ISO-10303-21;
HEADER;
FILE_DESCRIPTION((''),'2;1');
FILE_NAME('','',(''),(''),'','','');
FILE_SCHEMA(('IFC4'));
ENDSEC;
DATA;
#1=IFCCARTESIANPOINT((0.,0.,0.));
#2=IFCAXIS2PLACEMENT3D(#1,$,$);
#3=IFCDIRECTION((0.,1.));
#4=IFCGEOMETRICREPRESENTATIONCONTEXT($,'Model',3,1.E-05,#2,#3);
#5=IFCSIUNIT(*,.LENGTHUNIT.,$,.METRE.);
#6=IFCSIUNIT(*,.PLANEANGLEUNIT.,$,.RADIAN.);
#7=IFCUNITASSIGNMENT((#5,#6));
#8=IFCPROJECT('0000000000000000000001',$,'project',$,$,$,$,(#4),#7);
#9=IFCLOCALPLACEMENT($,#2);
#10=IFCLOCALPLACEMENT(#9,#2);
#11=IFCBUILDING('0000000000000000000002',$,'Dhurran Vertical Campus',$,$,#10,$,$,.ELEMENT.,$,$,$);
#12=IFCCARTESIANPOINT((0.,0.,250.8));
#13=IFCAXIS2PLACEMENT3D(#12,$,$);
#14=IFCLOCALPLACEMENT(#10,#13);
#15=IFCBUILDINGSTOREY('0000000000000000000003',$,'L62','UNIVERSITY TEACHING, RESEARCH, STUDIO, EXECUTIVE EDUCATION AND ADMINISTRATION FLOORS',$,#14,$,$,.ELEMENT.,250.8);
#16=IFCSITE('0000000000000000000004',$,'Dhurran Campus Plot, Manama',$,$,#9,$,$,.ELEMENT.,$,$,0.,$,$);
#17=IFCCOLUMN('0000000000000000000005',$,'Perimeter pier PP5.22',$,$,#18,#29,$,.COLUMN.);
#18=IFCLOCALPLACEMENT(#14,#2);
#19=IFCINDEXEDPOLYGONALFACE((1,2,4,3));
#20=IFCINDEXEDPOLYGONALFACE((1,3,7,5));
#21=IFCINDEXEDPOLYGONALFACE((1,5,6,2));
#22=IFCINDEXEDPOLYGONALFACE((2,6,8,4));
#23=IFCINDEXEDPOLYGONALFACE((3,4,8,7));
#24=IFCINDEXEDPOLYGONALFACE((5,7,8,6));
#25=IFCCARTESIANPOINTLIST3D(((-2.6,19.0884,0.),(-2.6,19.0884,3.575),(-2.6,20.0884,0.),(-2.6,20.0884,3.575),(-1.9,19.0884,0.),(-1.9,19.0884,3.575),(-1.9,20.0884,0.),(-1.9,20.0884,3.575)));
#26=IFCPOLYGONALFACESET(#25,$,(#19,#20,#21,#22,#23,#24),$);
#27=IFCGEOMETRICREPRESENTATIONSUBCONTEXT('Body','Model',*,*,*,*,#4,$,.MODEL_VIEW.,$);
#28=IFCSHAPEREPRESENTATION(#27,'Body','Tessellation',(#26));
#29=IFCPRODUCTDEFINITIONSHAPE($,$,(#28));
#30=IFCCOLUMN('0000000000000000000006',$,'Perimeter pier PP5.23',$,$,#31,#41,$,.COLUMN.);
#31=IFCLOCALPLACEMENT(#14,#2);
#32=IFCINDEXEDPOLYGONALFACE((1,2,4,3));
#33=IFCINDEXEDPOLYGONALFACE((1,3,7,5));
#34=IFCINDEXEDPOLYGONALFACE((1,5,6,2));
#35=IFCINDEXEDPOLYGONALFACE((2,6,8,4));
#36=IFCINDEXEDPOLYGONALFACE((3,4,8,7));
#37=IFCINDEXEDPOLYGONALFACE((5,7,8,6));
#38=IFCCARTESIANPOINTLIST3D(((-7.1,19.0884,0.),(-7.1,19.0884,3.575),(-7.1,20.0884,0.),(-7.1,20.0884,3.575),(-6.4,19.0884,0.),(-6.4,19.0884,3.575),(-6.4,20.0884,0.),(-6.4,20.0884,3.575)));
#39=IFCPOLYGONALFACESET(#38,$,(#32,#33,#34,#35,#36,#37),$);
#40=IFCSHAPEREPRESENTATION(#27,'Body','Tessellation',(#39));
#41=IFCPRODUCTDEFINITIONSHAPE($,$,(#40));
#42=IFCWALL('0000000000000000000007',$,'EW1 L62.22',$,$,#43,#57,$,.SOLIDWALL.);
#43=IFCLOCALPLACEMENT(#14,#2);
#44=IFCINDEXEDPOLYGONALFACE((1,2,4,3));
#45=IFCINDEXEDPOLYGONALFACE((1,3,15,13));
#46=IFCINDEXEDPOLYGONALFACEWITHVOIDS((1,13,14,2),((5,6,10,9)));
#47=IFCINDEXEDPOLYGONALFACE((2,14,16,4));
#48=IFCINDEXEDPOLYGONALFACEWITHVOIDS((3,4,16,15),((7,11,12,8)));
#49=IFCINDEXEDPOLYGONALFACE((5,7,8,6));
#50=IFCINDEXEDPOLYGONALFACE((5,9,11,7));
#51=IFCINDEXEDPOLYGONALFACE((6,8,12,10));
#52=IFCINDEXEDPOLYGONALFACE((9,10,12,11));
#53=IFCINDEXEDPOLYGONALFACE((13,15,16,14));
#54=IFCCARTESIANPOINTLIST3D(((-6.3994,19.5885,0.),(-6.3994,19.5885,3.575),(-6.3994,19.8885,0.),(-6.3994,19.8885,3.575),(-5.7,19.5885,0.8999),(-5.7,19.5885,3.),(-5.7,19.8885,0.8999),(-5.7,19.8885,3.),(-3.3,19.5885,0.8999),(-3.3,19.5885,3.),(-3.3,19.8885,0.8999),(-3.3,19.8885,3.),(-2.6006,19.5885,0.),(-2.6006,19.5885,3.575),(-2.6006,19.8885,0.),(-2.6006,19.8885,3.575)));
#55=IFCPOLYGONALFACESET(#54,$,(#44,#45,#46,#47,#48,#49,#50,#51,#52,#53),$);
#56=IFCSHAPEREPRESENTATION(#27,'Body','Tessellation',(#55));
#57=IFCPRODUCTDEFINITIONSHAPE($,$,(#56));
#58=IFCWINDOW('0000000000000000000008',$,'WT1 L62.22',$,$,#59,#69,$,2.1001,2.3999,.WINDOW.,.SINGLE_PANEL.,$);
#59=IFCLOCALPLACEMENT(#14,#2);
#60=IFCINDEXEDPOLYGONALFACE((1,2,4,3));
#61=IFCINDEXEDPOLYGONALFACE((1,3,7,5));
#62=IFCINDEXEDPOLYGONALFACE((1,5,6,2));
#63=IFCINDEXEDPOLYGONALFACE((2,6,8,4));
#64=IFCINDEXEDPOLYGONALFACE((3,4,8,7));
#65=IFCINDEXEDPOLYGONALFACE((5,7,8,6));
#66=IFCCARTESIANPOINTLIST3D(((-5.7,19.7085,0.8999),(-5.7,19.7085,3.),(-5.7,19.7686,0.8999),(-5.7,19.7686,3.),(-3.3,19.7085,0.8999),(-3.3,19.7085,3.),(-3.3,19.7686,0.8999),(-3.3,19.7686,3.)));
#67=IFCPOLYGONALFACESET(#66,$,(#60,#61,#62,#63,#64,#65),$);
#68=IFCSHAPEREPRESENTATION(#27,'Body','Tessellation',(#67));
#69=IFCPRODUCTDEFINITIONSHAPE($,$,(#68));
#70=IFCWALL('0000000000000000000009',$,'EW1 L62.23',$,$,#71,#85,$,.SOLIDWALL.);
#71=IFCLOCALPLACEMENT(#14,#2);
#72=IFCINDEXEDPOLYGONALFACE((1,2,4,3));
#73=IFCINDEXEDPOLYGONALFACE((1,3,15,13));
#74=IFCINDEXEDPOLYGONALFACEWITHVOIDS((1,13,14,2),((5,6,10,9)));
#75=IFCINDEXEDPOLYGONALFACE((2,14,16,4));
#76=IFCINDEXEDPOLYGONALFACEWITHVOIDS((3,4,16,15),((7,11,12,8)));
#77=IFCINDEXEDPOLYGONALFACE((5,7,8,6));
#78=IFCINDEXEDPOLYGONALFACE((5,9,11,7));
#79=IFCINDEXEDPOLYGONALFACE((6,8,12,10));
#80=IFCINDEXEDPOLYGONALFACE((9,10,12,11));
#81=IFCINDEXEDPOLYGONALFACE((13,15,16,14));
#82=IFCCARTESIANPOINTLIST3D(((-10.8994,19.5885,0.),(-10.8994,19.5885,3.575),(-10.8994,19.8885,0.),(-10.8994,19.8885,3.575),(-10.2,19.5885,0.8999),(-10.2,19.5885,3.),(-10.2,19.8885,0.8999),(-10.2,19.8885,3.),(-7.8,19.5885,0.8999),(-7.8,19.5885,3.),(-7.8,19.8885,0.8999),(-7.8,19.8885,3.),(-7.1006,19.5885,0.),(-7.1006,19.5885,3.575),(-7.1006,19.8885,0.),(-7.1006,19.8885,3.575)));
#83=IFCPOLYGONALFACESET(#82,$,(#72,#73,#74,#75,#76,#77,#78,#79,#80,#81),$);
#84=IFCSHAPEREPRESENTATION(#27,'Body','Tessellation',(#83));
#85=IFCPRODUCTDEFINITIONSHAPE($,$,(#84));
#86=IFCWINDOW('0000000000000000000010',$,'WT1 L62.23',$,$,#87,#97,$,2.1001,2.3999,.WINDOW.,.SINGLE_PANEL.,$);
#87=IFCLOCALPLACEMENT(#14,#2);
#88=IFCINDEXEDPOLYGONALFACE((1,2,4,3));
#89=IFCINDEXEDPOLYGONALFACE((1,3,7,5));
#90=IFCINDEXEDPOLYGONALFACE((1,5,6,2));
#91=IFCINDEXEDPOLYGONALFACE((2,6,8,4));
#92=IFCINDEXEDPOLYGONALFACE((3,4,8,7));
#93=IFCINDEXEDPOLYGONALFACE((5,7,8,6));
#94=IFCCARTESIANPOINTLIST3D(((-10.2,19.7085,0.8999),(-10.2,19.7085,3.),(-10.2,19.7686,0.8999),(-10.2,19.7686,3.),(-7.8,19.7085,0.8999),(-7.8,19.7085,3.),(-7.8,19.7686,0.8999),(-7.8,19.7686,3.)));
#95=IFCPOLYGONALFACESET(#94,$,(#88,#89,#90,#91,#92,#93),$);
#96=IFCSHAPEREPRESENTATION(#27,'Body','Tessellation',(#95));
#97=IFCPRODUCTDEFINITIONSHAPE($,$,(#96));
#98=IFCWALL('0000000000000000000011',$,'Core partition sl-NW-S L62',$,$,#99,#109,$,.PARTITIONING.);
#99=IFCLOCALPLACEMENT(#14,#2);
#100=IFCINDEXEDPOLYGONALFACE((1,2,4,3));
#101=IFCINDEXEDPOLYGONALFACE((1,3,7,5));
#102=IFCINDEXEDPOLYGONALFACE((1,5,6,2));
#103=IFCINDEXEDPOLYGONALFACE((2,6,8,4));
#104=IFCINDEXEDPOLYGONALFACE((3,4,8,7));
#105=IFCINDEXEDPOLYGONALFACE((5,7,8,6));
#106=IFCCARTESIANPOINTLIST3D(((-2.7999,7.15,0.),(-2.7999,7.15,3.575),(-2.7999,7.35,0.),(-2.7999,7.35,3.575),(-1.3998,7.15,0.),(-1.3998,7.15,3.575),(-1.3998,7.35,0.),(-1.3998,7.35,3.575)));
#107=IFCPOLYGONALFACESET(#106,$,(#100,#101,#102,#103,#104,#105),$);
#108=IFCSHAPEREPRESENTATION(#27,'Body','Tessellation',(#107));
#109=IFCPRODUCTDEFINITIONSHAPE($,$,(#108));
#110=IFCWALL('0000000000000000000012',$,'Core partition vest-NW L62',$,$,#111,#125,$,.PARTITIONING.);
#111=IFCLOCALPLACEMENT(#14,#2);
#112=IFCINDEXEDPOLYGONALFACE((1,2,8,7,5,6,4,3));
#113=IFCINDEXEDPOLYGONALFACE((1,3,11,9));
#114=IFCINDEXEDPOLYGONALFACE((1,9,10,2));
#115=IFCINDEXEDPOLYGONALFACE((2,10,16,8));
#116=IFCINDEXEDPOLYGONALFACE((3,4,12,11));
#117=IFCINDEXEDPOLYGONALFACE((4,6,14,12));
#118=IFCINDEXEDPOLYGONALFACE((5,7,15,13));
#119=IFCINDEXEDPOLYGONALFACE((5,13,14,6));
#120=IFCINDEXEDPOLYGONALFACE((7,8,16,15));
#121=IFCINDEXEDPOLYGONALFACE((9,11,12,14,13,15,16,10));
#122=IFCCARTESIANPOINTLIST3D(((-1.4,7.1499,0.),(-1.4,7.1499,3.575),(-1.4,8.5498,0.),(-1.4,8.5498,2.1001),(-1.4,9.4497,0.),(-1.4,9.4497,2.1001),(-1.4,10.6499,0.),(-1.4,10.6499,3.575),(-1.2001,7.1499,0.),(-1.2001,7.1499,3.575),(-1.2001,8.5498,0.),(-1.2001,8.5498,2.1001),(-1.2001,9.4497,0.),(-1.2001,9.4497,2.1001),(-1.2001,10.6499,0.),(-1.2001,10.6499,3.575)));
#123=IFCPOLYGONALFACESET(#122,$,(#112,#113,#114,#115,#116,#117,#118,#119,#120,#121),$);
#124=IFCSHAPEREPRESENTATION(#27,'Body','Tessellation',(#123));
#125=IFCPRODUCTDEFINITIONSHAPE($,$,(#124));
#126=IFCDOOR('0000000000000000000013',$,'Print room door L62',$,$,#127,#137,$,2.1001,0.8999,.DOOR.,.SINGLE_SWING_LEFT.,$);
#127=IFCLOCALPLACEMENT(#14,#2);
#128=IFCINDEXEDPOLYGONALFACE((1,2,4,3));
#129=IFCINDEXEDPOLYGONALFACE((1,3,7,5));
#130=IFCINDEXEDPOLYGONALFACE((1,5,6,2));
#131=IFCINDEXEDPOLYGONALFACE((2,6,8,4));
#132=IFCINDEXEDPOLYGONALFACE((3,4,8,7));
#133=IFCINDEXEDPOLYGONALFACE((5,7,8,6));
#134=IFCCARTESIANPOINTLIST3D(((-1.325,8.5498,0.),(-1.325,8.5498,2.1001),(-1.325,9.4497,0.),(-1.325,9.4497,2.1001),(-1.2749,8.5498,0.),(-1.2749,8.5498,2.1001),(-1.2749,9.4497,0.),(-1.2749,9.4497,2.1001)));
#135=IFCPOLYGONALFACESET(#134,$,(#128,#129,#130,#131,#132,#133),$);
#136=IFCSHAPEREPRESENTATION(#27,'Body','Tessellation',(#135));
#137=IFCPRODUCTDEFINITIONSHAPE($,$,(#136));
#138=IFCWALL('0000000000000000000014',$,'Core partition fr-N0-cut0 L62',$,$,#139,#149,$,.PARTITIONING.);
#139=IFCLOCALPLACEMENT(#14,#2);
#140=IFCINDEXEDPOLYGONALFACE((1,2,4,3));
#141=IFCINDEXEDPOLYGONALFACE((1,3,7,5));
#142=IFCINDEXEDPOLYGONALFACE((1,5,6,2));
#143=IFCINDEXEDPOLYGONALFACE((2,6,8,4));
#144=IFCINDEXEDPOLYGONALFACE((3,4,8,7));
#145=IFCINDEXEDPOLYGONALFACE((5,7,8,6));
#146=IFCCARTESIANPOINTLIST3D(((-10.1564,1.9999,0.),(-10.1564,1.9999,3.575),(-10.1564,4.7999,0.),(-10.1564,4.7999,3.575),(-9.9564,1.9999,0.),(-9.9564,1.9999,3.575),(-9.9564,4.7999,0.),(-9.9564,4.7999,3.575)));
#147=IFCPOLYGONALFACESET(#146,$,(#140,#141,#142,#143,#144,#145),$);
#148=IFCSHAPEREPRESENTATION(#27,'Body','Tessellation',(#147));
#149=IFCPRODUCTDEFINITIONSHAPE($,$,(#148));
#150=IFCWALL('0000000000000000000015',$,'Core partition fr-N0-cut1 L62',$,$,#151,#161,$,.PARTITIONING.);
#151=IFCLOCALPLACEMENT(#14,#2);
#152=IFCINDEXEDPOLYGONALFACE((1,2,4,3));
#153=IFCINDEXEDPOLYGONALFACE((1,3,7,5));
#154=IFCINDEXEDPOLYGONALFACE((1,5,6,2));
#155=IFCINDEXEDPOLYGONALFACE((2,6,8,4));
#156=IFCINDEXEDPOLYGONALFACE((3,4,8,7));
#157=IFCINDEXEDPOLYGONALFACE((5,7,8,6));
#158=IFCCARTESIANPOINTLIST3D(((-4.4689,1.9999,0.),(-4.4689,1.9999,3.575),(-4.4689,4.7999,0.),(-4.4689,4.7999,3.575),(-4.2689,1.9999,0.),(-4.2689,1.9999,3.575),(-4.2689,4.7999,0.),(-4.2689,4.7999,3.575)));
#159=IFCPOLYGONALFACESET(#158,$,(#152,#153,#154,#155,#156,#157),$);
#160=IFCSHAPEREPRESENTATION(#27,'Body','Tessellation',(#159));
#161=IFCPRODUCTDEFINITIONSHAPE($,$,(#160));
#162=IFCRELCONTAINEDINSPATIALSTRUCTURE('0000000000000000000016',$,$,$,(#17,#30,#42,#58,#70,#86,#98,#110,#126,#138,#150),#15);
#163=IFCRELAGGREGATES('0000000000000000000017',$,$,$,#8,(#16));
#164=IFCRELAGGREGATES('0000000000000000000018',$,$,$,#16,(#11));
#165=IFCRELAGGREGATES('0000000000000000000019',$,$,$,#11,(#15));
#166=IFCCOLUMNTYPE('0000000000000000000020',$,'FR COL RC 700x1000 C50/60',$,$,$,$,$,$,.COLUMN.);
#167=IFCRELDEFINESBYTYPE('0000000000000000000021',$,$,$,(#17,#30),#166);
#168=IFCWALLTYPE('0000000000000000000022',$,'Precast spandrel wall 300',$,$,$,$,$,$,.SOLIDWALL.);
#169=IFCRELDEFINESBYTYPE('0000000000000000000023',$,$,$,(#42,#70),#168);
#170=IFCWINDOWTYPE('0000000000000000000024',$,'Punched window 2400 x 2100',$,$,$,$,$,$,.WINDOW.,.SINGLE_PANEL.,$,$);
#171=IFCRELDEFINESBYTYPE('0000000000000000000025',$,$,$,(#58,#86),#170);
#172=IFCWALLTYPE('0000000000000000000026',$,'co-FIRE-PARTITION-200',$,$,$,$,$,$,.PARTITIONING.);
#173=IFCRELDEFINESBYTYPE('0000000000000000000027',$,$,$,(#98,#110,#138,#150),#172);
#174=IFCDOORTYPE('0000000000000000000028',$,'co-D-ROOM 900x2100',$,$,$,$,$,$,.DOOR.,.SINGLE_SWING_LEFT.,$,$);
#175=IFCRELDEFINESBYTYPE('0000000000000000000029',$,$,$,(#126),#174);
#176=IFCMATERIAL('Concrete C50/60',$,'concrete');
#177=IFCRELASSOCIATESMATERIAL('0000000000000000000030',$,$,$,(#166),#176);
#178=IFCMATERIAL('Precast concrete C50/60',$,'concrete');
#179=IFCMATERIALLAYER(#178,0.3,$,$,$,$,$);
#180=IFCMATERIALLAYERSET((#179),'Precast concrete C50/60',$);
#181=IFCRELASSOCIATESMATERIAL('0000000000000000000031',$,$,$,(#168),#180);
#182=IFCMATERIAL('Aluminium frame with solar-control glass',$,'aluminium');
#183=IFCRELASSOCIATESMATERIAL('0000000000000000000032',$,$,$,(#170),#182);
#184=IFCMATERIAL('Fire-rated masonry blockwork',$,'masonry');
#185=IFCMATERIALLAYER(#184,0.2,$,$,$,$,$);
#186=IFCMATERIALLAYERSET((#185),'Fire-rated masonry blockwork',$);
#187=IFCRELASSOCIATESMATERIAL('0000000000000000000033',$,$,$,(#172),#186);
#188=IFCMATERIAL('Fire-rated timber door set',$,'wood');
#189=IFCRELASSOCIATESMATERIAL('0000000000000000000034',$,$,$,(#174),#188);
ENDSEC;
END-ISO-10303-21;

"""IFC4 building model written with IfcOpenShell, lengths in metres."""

from ifc_helpers import new_model, si_unit, direction, frame, frame_2d, origin, origin_2d, place, context, subcontext, project, spatial, rectangle, extrude, material, layer, layer_set, material_profile, profile_set, type_object, element, fill, save


model = new_model("IFC4")

# Units and contexts
model_context = context("Model", 3, precision=1e-05, world=origin(), true_north=direction((0.0, 1.0)))
body_context = subcontext(model_context, "Body", "Model", "MODEL_VIEW")
ifc_project = project(units=[si_unit("LENGTHUNIT", "METRE"), si_unit("PLANEANGLEUNIT", "RADIAN")], contexts=[model_context])

# Site, building, storey
site_placement = place(None, origin())
site = spatial("IfcSite", under=ifc_project, at=site_placement, Name="Dhurran Campus Plot, Manama", CompositionType="ELEMENT", RefElevation=0.0)
building_placement = place(site_placement, origin())
building = spatial("IfcBuilding", under=site, at=building_placement, Name="Dhurran Vertical Campus", CompositionType="ELEMENT")
storey_placement = place(building_placement, frame((0.0, 0.0, 250.8)))
storey = spatial("IfcBuildingStorey", under=building, at=storey_placement, Name="L62", Description="UNIVERSITY TEACHING, RESEARCH, STUDIO, EXECUTIVE EDUCATION AND ADMINISTRATION FLOORS", CompositionType="ELEMENT", Elevation=250.8)

# Columns
ifc_material_1 = material(Name="Concrete C50/60", Category="concrete")
ifc_material_profile = material_profile(ifc_material_1, rectangle(XDim=0.7, YDim=1.0, at=origin_2d()), Name="RC 700x1000")
ifc_profile_set = profile_set([ifc_material_profile], Name="Concrete C50/60")
column_type = type_object("IfcColumnType", Name="FR COL RC 700x1000 C50/60", PredefinedType="COLUMN", material=ifc_profile_set)
for number, where, z_axis, x_axis, name in (
    (1, (-2.25, 19.5884, 0.0), (0.0, 0.0, 1.0), (-1.0, 0.0, 0.0), "Perimeter pier PP5.22"),
    (2, (-6.75, 19.5884, 0.0), (0.0, 0.0, 1.0), (-1.0, 0.0, 0.0), "Perimeter pier PP5.23"),
):
    element("IfcColumn", number, at=place(storey_placement, frame(where, z_axis=z_axis, x_axis=x_axis)), inside=storey, type_object=column_type, Name=name, PredefinedType="COLUMN", context=body_context, shape_type="SweptSolid", body=[
        extrude(rectangle(XDim=0.7, YDim=1.0, at=origin_2d()), origin(), (0.0, 0.0, 1.0), 3.575),
    ])

# Walls, openings, windows
ifc_material_2 = material(Name="Precast concrete C50/60", Category="concrete")
ifc_layer_1 = layer(ifc_material_2, 0.3)
ifc_layer_set_1 = layer_set([ifc_layer_1], Name="Precast concrete C50/60")
wall_type_1 = type_object("IfcWallType", Name="Precast spandrel wall 300", PredefinedType="SOLIDWALL", material=ifc_layer_set_1)
wall_1_placement = place(storey_placement, frame((-2.6006, 19.7385, 0.0), z_axis=(0.0, 0.0, 1.0), x_axis=(-1.0, 0.0, 0.0)))
wall_1 = element("IfcWall", 3, at=wall_1_placement, inside=storey, type_object=wall_type_1, Name="EW1 L62.22", PredefinedType="SOLIDWALL", context=body_context, shape_type="SweptSolid", body=[
    extrude(rectangle(XDim=3.7988, YDim=0.3, at=frame_2d((1.8994, 0.0))), origin(), (0.0, 0.0, 1.0), 3.575),
])
opening_1_placement = place(wall_1_placement, frame((0.6995, 0.0, 0.8999)))
opening_1 = element("IfcOpeningElement", 4, at=opening_1_placement, cuts=wall_1, PredefinedType="OPENING", context=body_context, shape_type="SweptSolid", body=[
    extrude(rectangle(XDim=2.3999, YDim=2.1001, at=frame_2d((1.2, 1.05))), frame((0.0, 0.1599, 0.0), z_axis=(0.0, -1.0, 0.0), x_axis=(1.0, 0.0, 0.0)), (0.0, 0.0, 1.0), 0.3201),
])
ifc_material_3 = material(Name="Aluminium frame with solar-control glass", Category="aluminium")
window_type = type_object("IfcWindowType", Name="Punched window 2400 x 2100", PartitioningType="SINGLE_PANEL", PredefinedType="WINDOW", material=ifc_material_3)
window_1_placement = place(opening_1_placement, origin())
window_1 = element("IfcWindow", 5, at=window_1_placement, inside=storey, type_object=window_type, Name="WT1 L62.22", OverallHeight=2.1001, OverallWidth=2.3999, PartitioningType="SINGLE_PANEL", PredefinedType="WINDOW", context=body_context, shape_type="SweptSolid", body=[
    extrude(rectangle(XDim=2.3999, YDim=2.1001, at=frame_2d((1.2, 1.05))), frame((0.0, 0.03, 0.0), z_axis=(0.0, -1.0, 0.0), x_axis=(1.0, 0.0, 0.0)), (0.0, 0.0, 1.0), 0.0601),
])
fill(opening_1, window_1)
wall_2_placement = place(storey_placement, frame((-7.1006, 19.7385, 0.0), z_axis=(0.0, 0.0, 1.0), x_axis=(-1.0, 0.0, 0.0)))
wall_2 = element("IfcWall", 6, at=wall_2_placement, inside=storey, type_object=wall_type_1, Name="EW1 L62.23", PredefinedType="SOLIDWALL", context=body_context, shape_type="SweptSolid", body=[
    extrude(rectangle(XDim=3.7988, YDim=0.3, at=frame_2d((1.8994, 0.0))), origin(), (0.0, 0.0, 1.0), 3.575),
])
opening_2_placement = place(wall_2_placement, frame((0.6995, 0.0, 0.8999)))
opening_2 = element("IfcOpeningElement", 7, at=opening_2_placement, cuts=wall_2, PredefinedType="OPENING", context=body_context, shape_type="SweptSolid", body=[
    extrude(rectangle(XDim=2.3999, YDim=2.1001, at=frame_2d((1.2, 1.05))), frame((0.0, 0.1599, 0.0), z_axis=(0.0, -1.0, 0.0), x_axis=(1.0, 0.0, 0.0)), (0.0, 0.0, 1.0), 0.3201),
])
window_2_placement = place(opening_2_placement, origin())
window_2 = element("IfcWindow", 8, at=window_2_placement, inside=storey, type_object=window_type, Name="WT1 L62.23", OverallHeight=2.1001, OverallWidth=2.3999, PartitioningType="SINGLE_PANEL", PredefinedType="WINDOW", context=body_context, shape_type="SweptSolid", body=[
    extrude(rectangle(XDim=2.3999, YDim=2.1001, at=frame_2d((1.2, 1.05))), frame((0.0, 0.03, 0.0), z_axis=(0.0, -1.0, 0.0), x_axis=(1.0, 0.0, 0.0)), (0.0, 0.0, 1.0), 0.0601),
])
fill(opening_2, window_2)

# Wall
ifc_material_4 = material(Name="Fire-rated masonry blockwork", Category="masonry")
ifc_layer_2 = layer(ifc_material_4, 0.2)
ifc_layer_set_2 = layer_set([ifc_layer_2], Name="Fire-rated masonry blockwork")
wall_type_2 = type_object("IfcWallType", Name="co-FIRE-PARTITION-200", PredefinedType="PARTITIONING", material=ifc_layer_set_2)
wall_3_placement = place(storey_placement, frame((-2.8, 7.25, 0.0), z_axis=(0.0, 0.0, 1.0), x_axis=(1.0, 0.0, 0.0)))
element("IfcWall", 9, at=wall_3_placement, inside=storey, type_object=wall_type_2, Name="Core partition sl-NW-S L62", PredefinedType="PARTITIONING", context=body_context, shape_type="SweptSolid", body=[
    extrude(rectangle(XDim=1.4001, YDim=0.2, at=frame_2d((0.7002, 0.0))), origin(), (0.0, 0.0, 1.0), 3.575),
])

# Wall, opening, door
wall_4_placement = place(storey_placement, frame((-1.3, 7.1499, 0.0), z_axis=(0.0, 0.0, 1.0), x_axis=(0.0, 1.0, 0.0)))
wall_4 = element("IfcWall", 10, at=wall_4_placement, inside=storey, type_object=wall_type_2, Name="Core partition vest-NW L62", PredefinedType="PARTITIONING", context=body_context, shape_type="SweptSolid", body=[
    extrude(rectangle(XDim=3.5, YDim=0.2, at=frame_2d((1.75, 0.0))), origin(), (0.0, 0.0, 1.0), 3.575),
])
opening_3_placement = place(wall_4_placement, frame((1.3999, 0.0, 0.0)))
opening_3 = element("IfcOpeningElement", 11, at=opening_3_placement, cuts=wall_4, PredefinedType="OPENING", context=body_context, shape_type="SweptSolid", body=[
    extrude(rectangle(XDim=0.8999, YDim=2.1001, at=frame_2d((0.45, 1.05))), frame((0.0, 0.1099, 0.0), z_axis=(0.0, -1.0, 0.0), x_axis=(1.0, 0.0, 0.0)), (0.0, 0.0, 1.0), 0.22),
])
ifc_material_5 = material(Name="Fire-rated timber door set", Category="wood")
door_type_1 = type_object("IfcDoorType", Name="co-D-ROOM 900x2100", OperationType="SINGLE_SWING_LEFT", PredefinedType="DOOR", material=ifc_material_5)
door_1_placement = place(opening_3_placement, origin())
door_1 = element("IfcDoor", 12, at=door_1_placement, inside=storey, type_object=door_type_1, Name="Print room door L62", OperationType="SINGLE_SWING_LEFT", OverallHeight=2.1001, OverallWidth=0.8999, PredefinedType="DOOR", context=body_context, shape_type="SweptSolid", body=[
    extrude(rectangle(XDim=0.8999, YDim=2.1001, at=frame_2d((0.45, 1.05))), frame((0.0, 0.0249, 0.0), z_axis=(0.0, -1.0, 0.0), x_axis=(1.0, 0.0, 0.0)), (0.0, 0.0, 1.0), 0.05),
])
fill(opening_3, door_1)

# Walls
for number, where, z_axis, x_axis, name in (
    (13, (-10.0564, 2.0, 0.0), (0.0, 0.0, 1.0), (0.0, 1.0, 0.0), "Core partition fr-N0-cut0 L62"),
    (14, (-4.3689, 2.0, 0.0), (0.0, 0.0, 1.0), (0.0, 1.0, 0.0), "Core partition fr-N0-cut1 L62"),
):
    element("IfcWall", number, at=place(storey_placement, frame(where, z_axis=z_axis, x_axis=x_axis)), inside=storey, type_object=wall_type_2, Name=name, PredefinedType="PARTITIONING", context=body_context, shape_type="SweptSolid", body=[
        extrude(rectangle(XDim=2.8, YDim=0.2, at=frame_2d((1.3999, 0.0))), origin(), (0.0, 0.0, 1.0), 3.575),
    ])

save(model, "model.ifc")
